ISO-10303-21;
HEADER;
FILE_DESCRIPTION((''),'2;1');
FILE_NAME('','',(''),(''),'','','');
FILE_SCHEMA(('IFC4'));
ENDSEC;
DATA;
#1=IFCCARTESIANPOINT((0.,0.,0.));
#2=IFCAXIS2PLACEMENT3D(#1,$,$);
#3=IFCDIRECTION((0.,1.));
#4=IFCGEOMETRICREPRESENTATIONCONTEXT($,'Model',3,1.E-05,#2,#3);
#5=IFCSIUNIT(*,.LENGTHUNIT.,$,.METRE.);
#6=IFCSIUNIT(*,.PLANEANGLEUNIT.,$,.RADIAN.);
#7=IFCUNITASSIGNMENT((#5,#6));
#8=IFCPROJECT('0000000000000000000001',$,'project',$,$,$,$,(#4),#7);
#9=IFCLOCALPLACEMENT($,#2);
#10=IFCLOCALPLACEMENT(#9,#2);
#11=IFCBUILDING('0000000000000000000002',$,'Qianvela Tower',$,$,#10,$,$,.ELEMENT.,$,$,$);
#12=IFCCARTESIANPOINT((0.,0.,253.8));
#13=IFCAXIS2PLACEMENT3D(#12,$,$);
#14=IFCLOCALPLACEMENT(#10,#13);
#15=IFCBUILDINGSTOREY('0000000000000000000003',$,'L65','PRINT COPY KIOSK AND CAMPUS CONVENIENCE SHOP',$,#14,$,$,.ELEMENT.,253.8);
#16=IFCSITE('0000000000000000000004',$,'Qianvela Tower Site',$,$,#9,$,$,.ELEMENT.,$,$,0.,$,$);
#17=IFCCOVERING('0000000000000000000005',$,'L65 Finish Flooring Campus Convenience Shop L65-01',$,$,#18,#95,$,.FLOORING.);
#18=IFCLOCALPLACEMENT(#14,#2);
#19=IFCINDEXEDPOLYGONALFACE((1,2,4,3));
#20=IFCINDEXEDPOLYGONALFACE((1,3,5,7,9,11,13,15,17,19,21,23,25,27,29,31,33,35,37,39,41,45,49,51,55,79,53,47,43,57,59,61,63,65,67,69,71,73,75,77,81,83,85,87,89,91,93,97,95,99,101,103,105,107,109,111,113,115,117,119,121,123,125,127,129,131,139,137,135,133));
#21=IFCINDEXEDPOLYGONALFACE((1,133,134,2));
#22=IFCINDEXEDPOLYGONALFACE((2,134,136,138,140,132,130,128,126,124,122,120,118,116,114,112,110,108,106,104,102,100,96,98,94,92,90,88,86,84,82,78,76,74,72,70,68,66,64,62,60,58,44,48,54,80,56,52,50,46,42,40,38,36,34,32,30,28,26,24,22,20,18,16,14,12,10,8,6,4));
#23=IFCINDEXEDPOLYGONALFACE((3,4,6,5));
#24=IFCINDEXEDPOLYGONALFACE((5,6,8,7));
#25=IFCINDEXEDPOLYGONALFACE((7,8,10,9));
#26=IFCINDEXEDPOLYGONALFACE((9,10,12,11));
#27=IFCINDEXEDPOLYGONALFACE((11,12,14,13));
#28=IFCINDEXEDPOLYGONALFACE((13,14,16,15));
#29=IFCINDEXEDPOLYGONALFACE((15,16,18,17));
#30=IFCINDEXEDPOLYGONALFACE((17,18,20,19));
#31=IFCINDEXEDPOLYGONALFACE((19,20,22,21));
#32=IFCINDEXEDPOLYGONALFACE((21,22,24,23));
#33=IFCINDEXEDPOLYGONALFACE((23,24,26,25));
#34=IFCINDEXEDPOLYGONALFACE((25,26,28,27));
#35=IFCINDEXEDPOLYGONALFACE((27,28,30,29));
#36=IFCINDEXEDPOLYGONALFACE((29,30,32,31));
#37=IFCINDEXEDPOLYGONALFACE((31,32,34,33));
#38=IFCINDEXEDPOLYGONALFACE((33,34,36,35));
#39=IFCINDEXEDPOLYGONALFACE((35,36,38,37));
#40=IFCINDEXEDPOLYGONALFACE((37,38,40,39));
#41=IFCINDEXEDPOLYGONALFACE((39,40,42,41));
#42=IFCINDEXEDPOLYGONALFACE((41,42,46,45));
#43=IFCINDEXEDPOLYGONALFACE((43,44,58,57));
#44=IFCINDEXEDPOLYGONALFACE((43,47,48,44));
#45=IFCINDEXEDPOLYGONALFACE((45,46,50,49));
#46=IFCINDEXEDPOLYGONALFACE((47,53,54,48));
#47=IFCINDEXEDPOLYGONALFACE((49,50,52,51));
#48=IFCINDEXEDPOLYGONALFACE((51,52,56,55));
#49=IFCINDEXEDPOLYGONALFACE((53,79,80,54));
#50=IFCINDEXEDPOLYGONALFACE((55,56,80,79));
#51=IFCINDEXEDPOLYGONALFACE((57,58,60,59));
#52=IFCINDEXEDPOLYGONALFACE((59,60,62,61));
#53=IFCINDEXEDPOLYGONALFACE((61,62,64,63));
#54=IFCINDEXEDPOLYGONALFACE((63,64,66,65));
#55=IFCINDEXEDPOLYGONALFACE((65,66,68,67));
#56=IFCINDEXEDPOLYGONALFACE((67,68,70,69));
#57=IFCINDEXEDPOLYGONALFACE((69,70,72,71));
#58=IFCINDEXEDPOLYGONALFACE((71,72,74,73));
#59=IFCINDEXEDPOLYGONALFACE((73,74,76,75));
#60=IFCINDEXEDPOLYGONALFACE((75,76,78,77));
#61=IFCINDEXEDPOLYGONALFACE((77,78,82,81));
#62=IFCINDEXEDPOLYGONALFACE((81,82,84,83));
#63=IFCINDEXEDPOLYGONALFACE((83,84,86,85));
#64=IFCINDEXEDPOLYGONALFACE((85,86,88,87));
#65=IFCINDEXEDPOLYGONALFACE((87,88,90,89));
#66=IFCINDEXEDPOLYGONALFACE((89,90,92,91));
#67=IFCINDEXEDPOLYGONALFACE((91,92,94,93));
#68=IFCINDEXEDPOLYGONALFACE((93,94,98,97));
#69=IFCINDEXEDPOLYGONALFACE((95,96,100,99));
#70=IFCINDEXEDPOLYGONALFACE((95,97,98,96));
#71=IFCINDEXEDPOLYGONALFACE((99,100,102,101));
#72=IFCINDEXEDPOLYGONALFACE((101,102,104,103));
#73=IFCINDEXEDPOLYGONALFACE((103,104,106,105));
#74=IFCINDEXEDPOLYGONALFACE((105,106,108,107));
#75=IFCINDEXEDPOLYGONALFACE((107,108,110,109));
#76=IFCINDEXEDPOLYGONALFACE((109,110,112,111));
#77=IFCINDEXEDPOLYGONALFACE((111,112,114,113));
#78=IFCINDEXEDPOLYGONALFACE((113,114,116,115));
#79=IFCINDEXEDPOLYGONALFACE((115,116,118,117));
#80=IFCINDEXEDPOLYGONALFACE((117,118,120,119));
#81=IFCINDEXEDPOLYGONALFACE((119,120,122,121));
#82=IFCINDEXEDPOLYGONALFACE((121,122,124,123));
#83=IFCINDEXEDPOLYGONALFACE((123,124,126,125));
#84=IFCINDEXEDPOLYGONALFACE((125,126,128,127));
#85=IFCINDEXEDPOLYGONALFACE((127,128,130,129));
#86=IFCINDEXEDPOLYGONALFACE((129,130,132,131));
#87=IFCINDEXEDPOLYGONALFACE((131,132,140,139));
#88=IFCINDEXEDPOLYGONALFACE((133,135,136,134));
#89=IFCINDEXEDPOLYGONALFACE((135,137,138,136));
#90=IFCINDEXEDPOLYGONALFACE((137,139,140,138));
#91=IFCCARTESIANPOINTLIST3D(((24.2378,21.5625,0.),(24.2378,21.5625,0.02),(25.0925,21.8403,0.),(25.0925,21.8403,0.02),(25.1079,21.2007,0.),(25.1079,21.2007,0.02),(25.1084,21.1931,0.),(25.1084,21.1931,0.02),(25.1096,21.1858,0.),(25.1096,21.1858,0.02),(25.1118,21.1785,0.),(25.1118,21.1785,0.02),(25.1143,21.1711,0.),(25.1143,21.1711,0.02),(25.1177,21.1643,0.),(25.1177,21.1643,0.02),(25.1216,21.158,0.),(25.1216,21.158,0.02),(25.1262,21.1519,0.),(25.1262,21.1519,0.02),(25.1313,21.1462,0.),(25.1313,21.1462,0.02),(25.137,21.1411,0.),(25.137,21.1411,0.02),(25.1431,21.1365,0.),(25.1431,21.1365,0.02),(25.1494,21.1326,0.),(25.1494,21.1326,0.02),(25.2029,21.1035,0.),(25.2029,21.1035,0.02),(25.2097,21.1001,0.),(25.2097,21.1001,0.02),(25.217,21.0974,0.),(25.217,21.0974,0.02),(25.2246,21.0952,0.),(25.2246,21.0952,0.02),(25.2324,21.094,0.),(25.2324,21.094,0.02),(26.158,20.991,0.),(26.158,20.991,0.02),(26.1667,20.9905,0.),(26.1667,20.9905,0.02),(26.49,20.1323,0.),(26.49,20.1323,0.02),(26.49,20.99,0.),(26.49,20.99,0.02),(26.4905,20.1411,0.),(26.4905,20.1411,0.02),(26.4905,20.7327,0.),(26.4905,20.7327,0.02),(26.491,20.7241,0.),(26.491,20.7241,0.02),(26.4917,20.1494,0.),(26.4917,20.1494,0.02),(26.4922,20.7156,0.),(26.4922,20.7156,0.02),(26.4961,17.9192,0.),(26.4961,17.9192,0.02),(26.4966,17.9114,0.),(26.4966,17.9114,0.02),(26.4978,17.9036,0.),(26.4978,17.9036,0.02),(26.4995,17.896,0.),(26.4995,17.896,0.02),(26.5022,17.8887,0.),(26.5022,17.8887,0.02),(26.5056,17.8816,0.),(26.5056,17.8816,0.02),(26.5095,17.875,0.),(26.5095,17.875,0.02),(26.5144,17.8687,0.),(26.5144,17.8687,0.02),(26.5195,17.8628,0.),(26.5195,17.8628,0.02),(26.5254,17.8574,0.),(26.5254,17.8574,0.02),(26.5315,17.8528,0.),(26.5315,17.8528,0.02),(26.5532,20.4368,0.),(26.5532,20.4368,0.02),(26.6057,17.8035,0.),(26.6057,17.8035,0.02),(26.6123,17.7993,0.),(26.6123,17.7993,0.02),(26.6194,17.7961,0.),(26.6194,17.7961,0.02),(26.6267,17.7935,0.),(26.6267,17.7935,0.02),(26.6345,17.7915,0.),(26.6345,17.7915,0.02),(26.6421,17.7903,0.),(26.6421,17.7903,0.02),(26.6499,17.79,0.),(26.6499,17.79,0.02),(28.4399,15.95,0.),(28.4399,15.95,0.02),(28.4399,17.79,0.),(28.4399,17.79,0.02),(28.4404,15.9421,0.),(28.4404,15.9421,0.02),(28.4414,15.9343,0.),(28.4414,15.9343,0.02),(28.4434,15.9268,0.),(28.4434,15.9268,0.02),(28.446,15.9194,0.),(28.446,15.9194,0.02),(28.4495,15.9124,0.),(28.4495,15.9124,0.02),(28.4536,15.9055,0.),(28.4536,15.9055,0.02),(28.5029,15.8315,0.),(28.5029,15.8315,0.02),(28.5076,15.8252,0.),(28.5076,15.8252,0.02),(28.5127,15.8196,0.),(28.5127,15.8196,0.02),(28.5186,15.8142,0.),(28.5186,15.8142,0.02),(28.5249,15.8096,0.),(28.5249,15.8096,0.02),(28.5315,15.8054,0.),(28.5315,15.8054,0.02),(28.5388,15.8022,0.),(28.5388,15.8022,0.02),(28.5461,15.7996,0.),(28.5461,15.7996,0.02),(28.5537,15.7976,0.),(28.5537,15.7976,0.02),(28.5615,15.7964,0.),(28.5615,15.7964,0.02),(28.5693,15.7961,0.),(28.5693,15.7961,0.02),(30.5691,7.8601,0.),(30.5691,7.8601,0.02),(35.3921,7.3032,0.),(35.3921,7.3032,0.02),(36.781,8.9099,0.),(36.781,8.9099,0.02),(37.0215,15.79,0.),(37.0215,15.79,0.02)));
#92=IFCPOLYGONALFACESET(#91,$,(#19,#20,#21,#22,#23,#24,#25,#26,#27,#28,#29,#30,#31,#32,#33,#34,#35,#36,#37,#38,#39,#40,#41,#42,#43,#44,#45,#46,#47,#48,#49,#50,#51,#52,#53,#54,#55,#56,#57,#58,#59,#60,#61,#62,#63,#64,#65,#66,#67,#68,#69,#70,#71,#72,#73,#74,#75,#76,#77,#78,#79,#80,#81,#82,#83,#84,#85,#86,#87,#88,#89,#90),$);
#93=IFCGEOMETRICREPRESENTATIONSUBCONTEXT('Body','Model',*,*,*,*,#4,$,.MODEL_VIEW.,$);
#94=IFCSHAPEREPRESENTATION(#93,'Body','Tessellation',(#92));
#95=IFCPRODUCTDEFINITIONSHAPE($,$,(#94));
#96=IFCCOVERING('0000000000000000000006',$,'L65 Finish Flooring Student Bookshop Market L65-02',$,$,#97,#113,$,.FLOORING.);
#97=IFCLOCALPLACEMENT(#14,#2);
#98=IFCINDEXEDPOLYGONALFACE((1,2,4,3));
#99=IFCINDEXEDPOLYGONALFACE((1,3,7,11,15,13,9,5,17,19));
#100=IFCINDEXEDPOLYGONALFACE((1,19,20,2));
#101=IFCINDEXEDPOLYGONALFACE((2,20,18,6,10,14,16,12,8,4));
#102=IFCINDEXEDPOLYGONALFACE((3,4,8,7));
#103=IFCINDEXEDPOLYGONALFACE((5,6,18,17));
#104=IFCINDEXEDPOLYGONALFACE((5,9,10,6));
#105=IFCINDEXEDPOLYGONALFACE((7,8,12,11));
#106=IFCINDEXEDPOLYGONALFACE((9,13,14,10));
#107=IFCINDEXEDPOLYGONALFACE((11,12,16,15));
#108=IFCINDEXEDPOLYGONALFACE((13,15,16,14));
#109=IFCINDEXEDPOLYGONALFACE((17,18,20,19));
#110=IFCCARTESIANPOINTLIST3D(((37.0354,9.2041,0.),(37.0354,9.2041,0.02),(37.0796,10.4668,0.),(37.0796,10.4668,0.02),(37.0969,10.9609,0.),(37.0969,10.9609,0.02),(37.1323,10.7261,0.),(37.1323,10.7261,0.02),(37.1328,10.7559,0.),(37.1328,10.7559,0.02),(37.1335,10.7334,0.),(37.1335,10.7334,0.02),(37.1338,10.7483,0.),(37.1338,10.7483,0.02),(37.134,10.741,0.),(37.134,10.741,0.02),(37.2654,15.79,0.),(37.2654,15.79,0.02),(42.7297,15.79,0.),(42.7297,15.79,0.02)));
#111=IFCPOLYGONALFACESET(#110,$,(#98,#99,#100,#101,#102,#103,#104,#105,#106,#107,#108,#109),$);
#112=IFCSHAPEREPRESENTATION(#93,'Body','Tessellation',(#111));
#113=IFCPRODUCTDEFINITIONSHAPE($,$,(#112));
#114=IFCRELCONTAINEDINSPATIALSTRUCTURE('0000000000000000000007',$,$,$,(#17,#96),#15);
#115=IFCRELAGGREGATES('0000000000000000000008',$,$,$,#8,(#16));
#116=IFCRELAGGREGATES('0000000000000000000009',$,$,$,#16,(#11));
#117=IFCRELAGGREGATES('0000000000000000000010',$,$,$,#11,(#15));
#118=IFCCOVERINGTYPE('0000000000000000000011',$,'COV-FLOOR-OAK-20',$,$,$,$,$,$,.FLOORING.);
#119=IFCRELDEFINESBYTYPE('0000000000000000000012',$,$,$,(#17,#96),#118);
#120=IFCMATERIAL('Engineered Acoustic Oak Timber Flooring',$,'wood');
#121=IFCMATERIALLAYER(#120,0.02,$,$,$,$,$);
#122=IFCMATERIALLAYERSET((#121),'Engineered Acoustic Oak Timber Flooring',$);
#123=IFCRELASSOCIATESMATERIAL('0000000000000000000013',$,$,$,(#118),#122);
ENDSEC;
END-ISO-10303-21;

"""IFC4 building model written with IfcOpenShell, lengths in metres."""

from ifc_helpers import new_model, si_unit, direction, frame, origin, place, context, subcontext, project, spatial, polyline, outline, extrude, material, layer, layer_set, type_object, element, save


model = new_model("IFC4")

# Units and contexts
model_context = context("Model", 3, precision=1e-05, world=origin(), true_north=direction((0.0, 1.0)))
body_context = subcontext(model_context, "Body", "Model", "MODEL_VIEW")
ifc_project = project(units=[si_unit("LENGTHUNIT", "METRE"), si_unit("PLANEANGLEUNIT", "RADIAN")], contexts=[model_context])

# Site, building, storey
site_placement = place(None, origin())
site = spatial("IfcSite", under=ifc_project, at=site_placement, Name="Qianvela Tower Site", CompositionType="ELEMENT", RefElevation=0.0)
building_placement = place(site_placement, origin())
building = spatial("IfcBuilding", under=site, at=building_placement, Name="Qianvela Tower", CompositionType="ELEMENT")
storey_placement = place(building_placement, frame((0.0, 0.0, 253.8)))
storey = spatial("IfcBuildingStorey", under=building, at=storey_placement, Name="L65", Description="PRINT COPY KIOSK AND CAMPUS CONVENIENCE SHOP", CompositionType="ELEMENT", Elevation=253.8)

# Coverings
ifc_material_1 = material(Name="Engineered Acoustic Oak Timber Flooring", Category="wood")
ifc_layer_1 = layer(ifc_material_1, 0.02)
ifc_layer_set_1 = layer_set([ifc_layer_1], Name="Engineered Acoustic Oak Timber Flooring")
covering_type_1 = type_object("IfcCoveringType", Name="COV-FLOOR-OAK-20", PredefinedType="FLOORING", material=ifc_layer_set_1)
covering_1_placement = place(storey_placement, origin())
element("IfcCovering", 1, at=covering_1_placement, inside=storey, type_object=covering_type_1, Name="L65 Finish Flooring Campus Convenience Shop L65-01", PredefinedType="FLOORING", context=body_context, shape_type="SweptSolid", body=[
    extrude(outline(polyline([(25.1079, 21.2007), (25.1084, 21.1931), (25.1096, 21.1858), (25.1118, 21.1785), (25.1143, 21.1711), (25.1177, 21.1643), (25.1216, 21.158), (25.1262, 21.1519), (25.1313, 21.1462), (25.137, 21.1411), (25.1431, 21.1365), (25.1494, 21.1326), (25.2029, 21.1035), (25.2097, 21.1001), (25.217, 21.0974), (25.2246, 21.0952), (25.2324, 21.094), (26.158, 20.991), (26.1667, 20.9905), (26.49, 20.99), (26.4905, 20.7327), (26.491, 20.7241), (26.4922, 20.7156), (26.5532, 20.4368), (26.4917, 20.1494), (26.4905, 20.1411), (26.49, 20.1323), (26.4961, 17.9192), (26.4966, 17.9114), (26.4978, 17.9036), (26.4995, 17.896), (26.5022, 17.8887), (26.5056, 17.8816), (26.5095, 17.875), (26.5144, 17.8687), (26.5195, 17.8628), (26.5254, 17.8574), (26.5315, 17.8528), (26.6057, 17.8035), (26.6123, 17.7993), (26.6194, 17.7961), (26.6267, 17.7935), (26.6345, 17.7915), (26.6421, 17.7903), (26.6499, 17.79), (28.4399, 17.79), (28.4399, 15.95), (28.4404, 15.9421), (28.4414, 15.9343), (28.4434, 15.9268), (28.446, 15.9194), (28.4495, 15.9124), (28.4536, 15.9055), (28.5029, 15.8315), (28.5076, 15.8252), (28.5127, 15.8196), (28.5186, 15.8142), (28.5249, 15.8096), (28.5315, 15.8054), (28.5388, 15.8022), (28.5461, 15.7996), (28.5537, 15.7976), (28.5615, 15.7964), (28.5693, 15.7961), (37.0215, 15.79), (36.781, 8.9099), (35.3921, 7.3032), (30.5691, 7.8601), (24.2378, 21.5625), (25.0925, 21.8403), (25.1079, 21.2007)])), origin(), (0.0, 0.0, 1.0), 0.02),
])
covering_2_placement = place(storey_placement, origin())
element("IfcCovering", 2, at=covering_2_placement, inside=storey, type_object=covering_type_1, Name="L65 Finish Flooring Student Bookshop Market L65-02", PredefinedType="FLOORING", context=body_context, shape_type="SweptSolid", body=[
    extrude(outline(polyline([(37.0796, 10.4668), (37.1323, 10.7261), (37.1335, 10.7334), (37.134, 10.741), (37.1338, 10.7483), (37.1328, 10.7559), (37.0969, 10.9609), (37.2654, 15.79), (42.7297, 15.79), (37.0354, 9.2041), (37.0796, 10.4668)])), origin(), (0.0, 0.0, 1.0), 0.02),
])

save(model, "model.ifc")
